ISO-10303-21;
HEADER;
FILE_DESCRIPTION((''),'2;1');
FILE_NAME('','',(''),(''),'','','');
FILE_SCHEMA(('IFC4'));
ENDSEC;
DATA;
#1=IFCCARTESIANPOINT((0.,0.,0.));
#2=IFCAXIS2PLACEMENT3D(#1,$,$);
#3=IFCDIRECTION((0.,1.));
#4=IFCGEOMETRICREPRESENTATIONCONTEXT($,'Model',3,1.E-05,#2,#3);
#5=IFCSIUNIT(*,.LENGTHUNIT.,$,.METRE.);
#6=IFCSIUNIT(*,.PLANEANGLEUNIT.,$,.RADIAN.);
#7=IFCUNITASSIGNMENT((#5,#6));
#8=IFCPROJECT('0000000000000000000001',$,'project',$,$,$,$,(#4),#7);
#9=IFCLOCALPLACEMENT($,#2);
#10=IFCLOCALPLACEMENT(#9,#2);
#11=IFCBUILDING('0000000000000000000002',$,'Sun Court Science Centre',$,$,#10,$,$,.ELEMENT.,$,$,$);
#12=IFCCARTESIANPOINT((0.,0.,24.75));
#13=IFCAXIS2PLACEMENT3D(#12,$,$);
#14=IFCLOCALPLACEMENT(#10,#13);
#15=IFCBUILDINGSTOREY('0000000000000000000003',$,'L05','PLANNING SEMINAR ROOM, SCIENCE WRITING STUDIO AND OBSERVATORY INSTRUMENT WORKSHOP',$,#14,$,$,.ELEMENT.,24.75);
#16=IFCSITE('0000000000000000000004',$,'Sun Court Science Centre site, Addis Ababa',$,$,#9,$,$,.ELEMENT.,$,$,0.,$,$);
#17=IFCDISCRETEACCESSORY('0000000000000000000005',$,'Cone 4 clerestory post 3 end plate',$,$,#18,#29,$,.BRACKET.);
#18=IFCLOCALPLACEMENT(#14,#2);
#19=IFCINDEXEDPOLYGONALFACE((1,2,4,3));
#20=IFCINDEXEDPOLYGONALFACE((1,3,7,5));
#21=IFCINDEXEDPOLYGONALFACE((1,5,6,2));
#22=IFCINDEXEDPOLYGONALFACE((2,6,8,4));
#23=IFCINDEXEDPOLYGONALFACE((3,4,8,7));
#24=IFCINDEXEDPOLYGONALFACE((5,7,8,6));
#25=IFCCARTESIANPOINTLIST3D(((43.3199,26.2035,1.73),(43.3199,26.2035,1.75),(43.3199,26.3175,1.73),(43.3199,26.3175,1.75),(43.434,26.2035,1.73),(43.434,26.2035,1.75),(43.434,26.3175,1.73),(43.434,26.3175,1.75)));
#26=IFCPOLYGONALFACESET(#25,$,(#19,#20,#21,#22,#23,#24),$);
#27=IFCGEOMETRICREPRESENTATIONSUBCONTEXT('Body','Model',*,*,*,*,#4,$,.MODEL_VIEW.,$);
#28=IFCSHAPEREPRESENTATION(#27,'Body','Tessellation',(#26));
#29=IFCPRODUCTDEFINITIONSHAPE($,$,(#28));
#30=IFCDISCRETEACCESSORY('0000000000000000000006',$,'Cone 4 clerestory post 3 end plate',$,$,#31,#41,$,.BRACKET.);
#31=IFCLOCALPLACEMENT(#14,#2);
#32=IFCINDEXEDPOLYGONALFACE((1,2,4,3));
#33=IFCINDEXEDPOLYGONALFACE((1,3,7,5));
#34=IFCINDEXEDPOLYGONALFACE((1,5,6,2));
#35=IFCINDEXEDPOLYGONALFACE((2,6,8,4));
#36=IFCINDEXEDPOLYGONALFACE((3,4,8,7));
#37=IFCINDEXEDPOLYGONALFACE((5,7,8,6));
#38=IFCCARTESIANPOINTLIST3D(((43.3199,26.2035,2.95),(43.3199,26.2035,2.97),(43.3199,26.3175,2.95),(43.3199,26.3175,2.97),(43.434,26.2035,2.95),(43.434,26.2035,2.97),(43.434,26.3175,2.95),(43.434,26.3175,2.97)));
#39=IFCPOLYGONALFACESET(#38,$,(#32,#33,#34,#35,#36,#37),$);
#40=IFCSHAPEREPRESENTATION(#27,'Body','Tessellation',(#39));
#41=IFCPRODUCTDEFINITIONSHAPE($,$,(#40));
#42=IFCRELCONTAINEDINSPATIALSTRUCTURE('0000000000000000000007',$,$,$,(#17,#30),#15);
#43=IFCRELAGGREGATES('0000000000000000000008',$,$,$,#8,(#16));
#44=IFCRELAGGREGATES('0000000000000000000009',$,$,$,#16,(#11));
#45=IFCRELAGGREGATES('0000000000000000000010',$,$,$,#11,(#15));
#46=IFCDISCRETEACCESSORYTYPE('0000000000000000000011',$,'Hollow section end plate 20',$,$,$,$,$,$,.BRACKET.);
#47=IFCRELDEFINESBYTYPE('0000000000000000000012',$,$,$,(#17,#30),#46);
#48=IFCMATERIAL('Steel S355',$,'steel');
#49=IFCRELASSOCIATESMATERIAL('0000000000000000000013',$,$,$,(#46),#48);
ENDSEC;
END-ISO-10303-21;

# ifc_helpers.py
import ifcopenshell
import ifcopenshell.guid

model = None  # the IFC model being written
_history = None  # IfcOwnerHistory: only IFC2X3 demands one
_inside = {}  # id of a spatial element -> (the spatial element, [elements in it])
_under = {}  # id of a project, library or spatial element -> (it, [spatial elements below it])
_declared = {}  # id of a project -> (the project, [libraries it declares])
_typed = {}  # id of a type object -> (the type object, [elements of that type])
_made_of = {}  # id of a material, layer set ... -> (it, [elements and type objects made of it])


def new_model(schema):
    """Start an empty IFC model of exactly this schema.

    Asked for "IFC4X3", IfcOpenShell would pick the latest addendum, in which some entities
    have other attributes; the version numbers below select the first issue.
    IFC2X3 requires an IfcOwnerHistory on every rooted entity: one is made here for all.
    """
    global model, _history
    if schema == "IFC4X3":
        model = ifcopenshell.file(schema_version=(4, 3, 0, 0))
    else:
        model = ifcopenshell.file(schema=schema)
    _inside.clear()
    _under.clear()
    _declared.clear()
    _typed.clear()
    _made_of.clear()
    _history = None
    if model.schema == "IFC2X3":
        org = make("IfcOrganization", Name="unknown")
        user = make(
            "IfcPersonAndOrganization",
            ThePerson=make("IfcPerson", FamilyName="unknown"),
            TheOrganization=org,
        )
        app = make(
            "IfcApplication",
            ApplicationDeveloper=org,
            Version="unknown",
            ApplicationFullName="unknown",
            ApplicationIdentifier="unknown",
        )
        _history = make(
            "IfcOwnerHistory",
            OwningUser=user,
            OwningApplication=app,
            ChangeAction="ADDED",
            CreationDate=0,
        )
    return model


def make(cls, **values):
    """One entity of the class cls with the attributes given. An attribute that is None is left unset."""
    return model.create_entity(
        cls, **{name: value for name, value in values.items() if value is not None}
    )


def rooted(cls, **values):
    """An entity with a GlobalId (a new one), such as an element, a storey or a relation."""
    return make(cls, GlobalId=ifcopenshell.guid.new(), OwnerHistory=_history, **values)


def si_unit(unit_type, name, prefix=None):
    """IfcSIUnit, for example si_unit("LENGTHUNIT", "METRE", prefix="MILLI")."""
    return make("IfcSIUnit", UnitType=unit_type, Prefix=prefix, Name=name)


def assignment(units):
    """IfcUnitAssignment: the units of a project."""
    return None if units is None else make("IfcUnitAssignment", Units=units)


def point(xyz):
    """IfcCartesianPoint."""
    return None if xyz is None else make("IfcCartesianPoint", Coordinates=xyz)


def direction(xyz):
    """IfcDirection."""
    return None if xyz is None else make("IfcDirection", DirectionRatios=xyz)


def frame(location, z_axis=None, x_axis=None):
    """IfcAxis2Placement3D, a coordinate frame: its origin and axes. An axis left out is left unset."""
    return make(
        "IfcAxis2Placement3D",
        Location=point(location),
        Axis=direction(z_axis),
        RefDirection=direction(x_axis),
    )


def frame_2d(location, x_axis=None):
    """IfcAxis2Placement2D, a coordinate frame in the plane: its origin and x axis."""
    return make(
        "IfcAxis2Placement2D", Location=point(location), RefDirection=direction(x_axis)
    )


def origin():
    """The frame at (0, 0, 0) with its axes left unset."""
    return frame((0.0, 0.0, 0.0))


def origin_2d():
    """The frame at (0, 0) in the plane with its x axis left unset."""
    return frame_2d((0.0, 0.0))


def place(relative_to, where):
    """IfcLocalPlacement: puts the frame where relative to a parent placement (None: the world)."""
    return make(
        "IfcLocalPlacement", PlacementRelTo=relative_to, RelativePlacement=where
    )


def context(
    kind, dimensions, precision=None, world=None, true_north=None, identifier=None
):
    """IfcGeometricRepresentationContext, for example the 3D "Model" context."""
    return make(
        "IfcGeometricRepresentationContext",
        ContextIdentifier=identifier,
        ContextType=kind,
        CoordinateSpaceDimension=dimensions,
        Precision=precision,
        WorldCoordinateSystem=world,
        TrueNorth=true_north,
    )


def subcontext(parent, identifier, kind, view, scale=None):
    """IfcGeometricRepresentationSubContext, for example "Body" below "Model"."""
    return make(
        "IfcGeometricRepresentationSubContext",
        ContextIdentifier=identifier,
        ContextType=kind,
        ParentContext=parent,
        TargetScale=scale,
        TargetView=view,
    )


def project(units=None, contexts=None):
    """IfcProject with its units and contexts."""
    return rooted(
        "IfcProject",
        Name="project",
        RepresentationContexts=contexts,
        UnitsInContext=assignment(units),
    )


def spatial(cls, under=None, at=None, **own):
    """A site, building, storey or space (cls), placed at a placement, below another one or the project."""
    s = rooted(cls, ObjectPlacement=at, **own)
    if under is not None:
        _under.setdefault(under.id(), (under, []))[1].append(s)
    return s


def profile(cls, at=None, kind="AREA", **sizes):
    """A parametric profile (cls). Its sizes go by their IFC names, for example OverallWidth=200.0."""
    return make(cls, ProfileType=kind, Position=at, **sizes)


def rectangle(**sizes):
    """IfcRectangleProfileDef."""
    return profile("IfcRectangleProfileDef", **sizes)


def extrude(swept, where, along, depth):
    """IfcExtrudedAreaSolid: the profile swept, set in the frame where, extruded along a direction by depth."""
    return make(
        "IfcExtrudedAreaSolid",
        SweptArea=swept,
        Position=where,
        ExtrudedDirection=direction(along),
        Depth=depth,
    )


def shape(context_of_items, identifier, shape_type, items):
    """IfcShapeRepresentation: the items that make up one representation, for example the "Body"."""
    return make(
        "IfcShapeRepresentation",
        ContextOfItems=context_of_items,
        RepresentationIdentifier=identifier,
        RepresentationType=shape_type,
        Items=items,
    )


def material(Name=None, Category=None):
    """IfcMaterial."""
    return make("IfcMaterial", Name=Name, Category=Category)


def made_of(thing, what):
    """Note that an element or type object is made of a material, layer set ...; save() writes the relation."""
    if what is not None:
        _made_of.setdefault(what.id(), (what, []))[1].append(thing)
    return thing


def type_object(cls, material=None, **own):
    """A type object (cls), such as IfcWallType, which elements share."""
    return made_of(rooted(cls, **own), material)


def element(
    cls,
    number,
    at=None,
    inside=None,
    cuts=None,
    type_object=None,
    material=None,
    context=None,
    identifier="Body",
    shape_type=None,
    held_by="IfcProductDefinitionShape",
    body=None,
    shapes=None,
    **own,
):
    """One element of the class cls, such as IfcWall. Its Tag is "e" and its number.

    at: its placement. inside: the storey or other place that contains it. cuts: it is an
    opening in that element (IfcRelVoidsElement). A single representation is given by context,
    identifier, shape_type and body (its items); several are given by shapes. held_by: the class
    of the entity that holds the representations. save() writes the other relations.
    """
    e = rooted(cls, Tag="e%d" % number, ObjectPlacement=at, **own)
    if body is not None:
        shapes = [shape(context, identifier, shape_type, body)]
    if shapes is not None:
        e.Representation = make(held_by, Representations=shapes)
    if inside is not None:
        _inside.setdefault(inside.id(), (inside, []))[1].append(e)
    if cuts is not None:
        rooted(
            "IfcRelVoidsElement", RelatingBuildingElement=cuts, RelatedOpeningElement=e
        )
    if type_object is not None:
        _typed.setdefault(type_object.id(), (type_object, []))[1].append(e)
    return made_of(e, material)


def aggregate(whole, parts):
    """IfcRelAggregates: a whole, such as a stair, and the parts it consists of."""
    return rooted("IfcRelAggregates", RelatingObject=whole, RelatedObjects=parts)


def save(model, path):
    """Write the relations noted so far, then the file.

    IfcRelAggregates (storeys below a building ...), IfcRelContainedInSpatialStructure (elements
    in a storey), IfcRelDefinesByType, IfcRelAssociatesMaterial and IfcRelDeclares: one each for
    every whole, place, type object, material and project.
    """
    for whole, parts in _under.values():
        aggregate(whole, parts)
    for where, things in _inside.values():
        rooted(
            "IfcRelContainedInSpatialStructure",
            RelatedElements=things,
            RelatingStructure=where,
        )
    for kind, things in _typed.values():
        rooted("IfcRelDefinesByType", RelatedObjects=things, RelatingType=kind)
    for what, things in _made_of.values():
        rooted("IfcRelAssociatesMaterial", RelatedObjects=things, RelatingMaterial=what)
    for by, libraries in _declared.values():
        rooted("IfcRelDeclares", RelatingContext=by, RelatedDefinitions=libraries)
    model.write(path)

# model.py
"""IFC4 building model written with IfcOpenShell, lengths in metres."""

from ifc_helpers import new_model, si_unit, direction, frame, origin, origin_2d, place, context, subcontext, project, spatial, rectangle, extrude, material, type_object, element, save


model = new_model("IFC4")

# Units and contexts
model_context = context("Model", 3, precision=1e-05, world=origin(), true_north=direction((0.0, 1.0)))
body_context = subcontext(model_context, "Body", "Model", "MODEL_VIEW")
ifc_project = project(units=[si_unit("LENGTHUNIT", "METRE"), si_unit("PLANEANGLEUNIT", "RADIAN")], contexts=[model_context])

# Site, building, storey
site_placement = place(None, origin())
site = spatial("IfcSite", under=ifc_project, at=site_placement, Name="Sun Court Science Centre site, Addis Ababa", CompositionType="ELEMENT", RefElevation=0.0)
building_placement = place(site_placement, origin())
building = spatial("IfcBuilding", under=site, at=building_placement, Name="Sun Court Science Centre", CompositionType="ELEMENT")
storey_placement = place(building_placement, frame((0.0, 0.0, 24.75)))
storey = spatial("IfcBuildingStorey", under=building, at=storey_placement, Name="L05", Description="PLANNING SEMINAR ROOM, SCIENCE WRITING STUDIO AND OBSERVATORY INSTRUMENT WORKSHOP", CompositionType="ELEMENT", Elevation=24.75)

# Discrete accessories
ifc_material_1 = material(Name="Steel S355", Category="steel")
discrete_accessory_type = type_object("IfcDiscreteAccessoryType", Name="Hollow section end plate 20", PredefinedType="BRACKET", material=ifc_material_1)
for number, where, z_axis, x_axis, name in (
    (1, (43.377, 26.2605, 1.73), (0.0, 0.0, 1.0), (1.0, 0.0, 0.0), "Cone 4 clerestory post 3 end plate"),
    (2, (43.377, 26.2605, 2.95), (0.0, 0.0, 1.0), (1.0, 0.0, 0.0), "Cone 4 clerestory post 3 end plate"),
):
    element("IfcDiscreteAccessory", number, at=place(storey_placement, frame(where, z_axis=z_axis, x_axis=x_axis)), inside=storey, type_object=discrete_accessory_type, Name=name, PredefinedType="BRACKET", context=body_context, shape_type="SweptSolid", body=[
        extrude(rectangle(XDim=0.114, YDim=0.114, at=origin_2d()), origin(), (0.0, 0.0, 1.0), 0.02),
    ])

save(model, "model.ifc")
